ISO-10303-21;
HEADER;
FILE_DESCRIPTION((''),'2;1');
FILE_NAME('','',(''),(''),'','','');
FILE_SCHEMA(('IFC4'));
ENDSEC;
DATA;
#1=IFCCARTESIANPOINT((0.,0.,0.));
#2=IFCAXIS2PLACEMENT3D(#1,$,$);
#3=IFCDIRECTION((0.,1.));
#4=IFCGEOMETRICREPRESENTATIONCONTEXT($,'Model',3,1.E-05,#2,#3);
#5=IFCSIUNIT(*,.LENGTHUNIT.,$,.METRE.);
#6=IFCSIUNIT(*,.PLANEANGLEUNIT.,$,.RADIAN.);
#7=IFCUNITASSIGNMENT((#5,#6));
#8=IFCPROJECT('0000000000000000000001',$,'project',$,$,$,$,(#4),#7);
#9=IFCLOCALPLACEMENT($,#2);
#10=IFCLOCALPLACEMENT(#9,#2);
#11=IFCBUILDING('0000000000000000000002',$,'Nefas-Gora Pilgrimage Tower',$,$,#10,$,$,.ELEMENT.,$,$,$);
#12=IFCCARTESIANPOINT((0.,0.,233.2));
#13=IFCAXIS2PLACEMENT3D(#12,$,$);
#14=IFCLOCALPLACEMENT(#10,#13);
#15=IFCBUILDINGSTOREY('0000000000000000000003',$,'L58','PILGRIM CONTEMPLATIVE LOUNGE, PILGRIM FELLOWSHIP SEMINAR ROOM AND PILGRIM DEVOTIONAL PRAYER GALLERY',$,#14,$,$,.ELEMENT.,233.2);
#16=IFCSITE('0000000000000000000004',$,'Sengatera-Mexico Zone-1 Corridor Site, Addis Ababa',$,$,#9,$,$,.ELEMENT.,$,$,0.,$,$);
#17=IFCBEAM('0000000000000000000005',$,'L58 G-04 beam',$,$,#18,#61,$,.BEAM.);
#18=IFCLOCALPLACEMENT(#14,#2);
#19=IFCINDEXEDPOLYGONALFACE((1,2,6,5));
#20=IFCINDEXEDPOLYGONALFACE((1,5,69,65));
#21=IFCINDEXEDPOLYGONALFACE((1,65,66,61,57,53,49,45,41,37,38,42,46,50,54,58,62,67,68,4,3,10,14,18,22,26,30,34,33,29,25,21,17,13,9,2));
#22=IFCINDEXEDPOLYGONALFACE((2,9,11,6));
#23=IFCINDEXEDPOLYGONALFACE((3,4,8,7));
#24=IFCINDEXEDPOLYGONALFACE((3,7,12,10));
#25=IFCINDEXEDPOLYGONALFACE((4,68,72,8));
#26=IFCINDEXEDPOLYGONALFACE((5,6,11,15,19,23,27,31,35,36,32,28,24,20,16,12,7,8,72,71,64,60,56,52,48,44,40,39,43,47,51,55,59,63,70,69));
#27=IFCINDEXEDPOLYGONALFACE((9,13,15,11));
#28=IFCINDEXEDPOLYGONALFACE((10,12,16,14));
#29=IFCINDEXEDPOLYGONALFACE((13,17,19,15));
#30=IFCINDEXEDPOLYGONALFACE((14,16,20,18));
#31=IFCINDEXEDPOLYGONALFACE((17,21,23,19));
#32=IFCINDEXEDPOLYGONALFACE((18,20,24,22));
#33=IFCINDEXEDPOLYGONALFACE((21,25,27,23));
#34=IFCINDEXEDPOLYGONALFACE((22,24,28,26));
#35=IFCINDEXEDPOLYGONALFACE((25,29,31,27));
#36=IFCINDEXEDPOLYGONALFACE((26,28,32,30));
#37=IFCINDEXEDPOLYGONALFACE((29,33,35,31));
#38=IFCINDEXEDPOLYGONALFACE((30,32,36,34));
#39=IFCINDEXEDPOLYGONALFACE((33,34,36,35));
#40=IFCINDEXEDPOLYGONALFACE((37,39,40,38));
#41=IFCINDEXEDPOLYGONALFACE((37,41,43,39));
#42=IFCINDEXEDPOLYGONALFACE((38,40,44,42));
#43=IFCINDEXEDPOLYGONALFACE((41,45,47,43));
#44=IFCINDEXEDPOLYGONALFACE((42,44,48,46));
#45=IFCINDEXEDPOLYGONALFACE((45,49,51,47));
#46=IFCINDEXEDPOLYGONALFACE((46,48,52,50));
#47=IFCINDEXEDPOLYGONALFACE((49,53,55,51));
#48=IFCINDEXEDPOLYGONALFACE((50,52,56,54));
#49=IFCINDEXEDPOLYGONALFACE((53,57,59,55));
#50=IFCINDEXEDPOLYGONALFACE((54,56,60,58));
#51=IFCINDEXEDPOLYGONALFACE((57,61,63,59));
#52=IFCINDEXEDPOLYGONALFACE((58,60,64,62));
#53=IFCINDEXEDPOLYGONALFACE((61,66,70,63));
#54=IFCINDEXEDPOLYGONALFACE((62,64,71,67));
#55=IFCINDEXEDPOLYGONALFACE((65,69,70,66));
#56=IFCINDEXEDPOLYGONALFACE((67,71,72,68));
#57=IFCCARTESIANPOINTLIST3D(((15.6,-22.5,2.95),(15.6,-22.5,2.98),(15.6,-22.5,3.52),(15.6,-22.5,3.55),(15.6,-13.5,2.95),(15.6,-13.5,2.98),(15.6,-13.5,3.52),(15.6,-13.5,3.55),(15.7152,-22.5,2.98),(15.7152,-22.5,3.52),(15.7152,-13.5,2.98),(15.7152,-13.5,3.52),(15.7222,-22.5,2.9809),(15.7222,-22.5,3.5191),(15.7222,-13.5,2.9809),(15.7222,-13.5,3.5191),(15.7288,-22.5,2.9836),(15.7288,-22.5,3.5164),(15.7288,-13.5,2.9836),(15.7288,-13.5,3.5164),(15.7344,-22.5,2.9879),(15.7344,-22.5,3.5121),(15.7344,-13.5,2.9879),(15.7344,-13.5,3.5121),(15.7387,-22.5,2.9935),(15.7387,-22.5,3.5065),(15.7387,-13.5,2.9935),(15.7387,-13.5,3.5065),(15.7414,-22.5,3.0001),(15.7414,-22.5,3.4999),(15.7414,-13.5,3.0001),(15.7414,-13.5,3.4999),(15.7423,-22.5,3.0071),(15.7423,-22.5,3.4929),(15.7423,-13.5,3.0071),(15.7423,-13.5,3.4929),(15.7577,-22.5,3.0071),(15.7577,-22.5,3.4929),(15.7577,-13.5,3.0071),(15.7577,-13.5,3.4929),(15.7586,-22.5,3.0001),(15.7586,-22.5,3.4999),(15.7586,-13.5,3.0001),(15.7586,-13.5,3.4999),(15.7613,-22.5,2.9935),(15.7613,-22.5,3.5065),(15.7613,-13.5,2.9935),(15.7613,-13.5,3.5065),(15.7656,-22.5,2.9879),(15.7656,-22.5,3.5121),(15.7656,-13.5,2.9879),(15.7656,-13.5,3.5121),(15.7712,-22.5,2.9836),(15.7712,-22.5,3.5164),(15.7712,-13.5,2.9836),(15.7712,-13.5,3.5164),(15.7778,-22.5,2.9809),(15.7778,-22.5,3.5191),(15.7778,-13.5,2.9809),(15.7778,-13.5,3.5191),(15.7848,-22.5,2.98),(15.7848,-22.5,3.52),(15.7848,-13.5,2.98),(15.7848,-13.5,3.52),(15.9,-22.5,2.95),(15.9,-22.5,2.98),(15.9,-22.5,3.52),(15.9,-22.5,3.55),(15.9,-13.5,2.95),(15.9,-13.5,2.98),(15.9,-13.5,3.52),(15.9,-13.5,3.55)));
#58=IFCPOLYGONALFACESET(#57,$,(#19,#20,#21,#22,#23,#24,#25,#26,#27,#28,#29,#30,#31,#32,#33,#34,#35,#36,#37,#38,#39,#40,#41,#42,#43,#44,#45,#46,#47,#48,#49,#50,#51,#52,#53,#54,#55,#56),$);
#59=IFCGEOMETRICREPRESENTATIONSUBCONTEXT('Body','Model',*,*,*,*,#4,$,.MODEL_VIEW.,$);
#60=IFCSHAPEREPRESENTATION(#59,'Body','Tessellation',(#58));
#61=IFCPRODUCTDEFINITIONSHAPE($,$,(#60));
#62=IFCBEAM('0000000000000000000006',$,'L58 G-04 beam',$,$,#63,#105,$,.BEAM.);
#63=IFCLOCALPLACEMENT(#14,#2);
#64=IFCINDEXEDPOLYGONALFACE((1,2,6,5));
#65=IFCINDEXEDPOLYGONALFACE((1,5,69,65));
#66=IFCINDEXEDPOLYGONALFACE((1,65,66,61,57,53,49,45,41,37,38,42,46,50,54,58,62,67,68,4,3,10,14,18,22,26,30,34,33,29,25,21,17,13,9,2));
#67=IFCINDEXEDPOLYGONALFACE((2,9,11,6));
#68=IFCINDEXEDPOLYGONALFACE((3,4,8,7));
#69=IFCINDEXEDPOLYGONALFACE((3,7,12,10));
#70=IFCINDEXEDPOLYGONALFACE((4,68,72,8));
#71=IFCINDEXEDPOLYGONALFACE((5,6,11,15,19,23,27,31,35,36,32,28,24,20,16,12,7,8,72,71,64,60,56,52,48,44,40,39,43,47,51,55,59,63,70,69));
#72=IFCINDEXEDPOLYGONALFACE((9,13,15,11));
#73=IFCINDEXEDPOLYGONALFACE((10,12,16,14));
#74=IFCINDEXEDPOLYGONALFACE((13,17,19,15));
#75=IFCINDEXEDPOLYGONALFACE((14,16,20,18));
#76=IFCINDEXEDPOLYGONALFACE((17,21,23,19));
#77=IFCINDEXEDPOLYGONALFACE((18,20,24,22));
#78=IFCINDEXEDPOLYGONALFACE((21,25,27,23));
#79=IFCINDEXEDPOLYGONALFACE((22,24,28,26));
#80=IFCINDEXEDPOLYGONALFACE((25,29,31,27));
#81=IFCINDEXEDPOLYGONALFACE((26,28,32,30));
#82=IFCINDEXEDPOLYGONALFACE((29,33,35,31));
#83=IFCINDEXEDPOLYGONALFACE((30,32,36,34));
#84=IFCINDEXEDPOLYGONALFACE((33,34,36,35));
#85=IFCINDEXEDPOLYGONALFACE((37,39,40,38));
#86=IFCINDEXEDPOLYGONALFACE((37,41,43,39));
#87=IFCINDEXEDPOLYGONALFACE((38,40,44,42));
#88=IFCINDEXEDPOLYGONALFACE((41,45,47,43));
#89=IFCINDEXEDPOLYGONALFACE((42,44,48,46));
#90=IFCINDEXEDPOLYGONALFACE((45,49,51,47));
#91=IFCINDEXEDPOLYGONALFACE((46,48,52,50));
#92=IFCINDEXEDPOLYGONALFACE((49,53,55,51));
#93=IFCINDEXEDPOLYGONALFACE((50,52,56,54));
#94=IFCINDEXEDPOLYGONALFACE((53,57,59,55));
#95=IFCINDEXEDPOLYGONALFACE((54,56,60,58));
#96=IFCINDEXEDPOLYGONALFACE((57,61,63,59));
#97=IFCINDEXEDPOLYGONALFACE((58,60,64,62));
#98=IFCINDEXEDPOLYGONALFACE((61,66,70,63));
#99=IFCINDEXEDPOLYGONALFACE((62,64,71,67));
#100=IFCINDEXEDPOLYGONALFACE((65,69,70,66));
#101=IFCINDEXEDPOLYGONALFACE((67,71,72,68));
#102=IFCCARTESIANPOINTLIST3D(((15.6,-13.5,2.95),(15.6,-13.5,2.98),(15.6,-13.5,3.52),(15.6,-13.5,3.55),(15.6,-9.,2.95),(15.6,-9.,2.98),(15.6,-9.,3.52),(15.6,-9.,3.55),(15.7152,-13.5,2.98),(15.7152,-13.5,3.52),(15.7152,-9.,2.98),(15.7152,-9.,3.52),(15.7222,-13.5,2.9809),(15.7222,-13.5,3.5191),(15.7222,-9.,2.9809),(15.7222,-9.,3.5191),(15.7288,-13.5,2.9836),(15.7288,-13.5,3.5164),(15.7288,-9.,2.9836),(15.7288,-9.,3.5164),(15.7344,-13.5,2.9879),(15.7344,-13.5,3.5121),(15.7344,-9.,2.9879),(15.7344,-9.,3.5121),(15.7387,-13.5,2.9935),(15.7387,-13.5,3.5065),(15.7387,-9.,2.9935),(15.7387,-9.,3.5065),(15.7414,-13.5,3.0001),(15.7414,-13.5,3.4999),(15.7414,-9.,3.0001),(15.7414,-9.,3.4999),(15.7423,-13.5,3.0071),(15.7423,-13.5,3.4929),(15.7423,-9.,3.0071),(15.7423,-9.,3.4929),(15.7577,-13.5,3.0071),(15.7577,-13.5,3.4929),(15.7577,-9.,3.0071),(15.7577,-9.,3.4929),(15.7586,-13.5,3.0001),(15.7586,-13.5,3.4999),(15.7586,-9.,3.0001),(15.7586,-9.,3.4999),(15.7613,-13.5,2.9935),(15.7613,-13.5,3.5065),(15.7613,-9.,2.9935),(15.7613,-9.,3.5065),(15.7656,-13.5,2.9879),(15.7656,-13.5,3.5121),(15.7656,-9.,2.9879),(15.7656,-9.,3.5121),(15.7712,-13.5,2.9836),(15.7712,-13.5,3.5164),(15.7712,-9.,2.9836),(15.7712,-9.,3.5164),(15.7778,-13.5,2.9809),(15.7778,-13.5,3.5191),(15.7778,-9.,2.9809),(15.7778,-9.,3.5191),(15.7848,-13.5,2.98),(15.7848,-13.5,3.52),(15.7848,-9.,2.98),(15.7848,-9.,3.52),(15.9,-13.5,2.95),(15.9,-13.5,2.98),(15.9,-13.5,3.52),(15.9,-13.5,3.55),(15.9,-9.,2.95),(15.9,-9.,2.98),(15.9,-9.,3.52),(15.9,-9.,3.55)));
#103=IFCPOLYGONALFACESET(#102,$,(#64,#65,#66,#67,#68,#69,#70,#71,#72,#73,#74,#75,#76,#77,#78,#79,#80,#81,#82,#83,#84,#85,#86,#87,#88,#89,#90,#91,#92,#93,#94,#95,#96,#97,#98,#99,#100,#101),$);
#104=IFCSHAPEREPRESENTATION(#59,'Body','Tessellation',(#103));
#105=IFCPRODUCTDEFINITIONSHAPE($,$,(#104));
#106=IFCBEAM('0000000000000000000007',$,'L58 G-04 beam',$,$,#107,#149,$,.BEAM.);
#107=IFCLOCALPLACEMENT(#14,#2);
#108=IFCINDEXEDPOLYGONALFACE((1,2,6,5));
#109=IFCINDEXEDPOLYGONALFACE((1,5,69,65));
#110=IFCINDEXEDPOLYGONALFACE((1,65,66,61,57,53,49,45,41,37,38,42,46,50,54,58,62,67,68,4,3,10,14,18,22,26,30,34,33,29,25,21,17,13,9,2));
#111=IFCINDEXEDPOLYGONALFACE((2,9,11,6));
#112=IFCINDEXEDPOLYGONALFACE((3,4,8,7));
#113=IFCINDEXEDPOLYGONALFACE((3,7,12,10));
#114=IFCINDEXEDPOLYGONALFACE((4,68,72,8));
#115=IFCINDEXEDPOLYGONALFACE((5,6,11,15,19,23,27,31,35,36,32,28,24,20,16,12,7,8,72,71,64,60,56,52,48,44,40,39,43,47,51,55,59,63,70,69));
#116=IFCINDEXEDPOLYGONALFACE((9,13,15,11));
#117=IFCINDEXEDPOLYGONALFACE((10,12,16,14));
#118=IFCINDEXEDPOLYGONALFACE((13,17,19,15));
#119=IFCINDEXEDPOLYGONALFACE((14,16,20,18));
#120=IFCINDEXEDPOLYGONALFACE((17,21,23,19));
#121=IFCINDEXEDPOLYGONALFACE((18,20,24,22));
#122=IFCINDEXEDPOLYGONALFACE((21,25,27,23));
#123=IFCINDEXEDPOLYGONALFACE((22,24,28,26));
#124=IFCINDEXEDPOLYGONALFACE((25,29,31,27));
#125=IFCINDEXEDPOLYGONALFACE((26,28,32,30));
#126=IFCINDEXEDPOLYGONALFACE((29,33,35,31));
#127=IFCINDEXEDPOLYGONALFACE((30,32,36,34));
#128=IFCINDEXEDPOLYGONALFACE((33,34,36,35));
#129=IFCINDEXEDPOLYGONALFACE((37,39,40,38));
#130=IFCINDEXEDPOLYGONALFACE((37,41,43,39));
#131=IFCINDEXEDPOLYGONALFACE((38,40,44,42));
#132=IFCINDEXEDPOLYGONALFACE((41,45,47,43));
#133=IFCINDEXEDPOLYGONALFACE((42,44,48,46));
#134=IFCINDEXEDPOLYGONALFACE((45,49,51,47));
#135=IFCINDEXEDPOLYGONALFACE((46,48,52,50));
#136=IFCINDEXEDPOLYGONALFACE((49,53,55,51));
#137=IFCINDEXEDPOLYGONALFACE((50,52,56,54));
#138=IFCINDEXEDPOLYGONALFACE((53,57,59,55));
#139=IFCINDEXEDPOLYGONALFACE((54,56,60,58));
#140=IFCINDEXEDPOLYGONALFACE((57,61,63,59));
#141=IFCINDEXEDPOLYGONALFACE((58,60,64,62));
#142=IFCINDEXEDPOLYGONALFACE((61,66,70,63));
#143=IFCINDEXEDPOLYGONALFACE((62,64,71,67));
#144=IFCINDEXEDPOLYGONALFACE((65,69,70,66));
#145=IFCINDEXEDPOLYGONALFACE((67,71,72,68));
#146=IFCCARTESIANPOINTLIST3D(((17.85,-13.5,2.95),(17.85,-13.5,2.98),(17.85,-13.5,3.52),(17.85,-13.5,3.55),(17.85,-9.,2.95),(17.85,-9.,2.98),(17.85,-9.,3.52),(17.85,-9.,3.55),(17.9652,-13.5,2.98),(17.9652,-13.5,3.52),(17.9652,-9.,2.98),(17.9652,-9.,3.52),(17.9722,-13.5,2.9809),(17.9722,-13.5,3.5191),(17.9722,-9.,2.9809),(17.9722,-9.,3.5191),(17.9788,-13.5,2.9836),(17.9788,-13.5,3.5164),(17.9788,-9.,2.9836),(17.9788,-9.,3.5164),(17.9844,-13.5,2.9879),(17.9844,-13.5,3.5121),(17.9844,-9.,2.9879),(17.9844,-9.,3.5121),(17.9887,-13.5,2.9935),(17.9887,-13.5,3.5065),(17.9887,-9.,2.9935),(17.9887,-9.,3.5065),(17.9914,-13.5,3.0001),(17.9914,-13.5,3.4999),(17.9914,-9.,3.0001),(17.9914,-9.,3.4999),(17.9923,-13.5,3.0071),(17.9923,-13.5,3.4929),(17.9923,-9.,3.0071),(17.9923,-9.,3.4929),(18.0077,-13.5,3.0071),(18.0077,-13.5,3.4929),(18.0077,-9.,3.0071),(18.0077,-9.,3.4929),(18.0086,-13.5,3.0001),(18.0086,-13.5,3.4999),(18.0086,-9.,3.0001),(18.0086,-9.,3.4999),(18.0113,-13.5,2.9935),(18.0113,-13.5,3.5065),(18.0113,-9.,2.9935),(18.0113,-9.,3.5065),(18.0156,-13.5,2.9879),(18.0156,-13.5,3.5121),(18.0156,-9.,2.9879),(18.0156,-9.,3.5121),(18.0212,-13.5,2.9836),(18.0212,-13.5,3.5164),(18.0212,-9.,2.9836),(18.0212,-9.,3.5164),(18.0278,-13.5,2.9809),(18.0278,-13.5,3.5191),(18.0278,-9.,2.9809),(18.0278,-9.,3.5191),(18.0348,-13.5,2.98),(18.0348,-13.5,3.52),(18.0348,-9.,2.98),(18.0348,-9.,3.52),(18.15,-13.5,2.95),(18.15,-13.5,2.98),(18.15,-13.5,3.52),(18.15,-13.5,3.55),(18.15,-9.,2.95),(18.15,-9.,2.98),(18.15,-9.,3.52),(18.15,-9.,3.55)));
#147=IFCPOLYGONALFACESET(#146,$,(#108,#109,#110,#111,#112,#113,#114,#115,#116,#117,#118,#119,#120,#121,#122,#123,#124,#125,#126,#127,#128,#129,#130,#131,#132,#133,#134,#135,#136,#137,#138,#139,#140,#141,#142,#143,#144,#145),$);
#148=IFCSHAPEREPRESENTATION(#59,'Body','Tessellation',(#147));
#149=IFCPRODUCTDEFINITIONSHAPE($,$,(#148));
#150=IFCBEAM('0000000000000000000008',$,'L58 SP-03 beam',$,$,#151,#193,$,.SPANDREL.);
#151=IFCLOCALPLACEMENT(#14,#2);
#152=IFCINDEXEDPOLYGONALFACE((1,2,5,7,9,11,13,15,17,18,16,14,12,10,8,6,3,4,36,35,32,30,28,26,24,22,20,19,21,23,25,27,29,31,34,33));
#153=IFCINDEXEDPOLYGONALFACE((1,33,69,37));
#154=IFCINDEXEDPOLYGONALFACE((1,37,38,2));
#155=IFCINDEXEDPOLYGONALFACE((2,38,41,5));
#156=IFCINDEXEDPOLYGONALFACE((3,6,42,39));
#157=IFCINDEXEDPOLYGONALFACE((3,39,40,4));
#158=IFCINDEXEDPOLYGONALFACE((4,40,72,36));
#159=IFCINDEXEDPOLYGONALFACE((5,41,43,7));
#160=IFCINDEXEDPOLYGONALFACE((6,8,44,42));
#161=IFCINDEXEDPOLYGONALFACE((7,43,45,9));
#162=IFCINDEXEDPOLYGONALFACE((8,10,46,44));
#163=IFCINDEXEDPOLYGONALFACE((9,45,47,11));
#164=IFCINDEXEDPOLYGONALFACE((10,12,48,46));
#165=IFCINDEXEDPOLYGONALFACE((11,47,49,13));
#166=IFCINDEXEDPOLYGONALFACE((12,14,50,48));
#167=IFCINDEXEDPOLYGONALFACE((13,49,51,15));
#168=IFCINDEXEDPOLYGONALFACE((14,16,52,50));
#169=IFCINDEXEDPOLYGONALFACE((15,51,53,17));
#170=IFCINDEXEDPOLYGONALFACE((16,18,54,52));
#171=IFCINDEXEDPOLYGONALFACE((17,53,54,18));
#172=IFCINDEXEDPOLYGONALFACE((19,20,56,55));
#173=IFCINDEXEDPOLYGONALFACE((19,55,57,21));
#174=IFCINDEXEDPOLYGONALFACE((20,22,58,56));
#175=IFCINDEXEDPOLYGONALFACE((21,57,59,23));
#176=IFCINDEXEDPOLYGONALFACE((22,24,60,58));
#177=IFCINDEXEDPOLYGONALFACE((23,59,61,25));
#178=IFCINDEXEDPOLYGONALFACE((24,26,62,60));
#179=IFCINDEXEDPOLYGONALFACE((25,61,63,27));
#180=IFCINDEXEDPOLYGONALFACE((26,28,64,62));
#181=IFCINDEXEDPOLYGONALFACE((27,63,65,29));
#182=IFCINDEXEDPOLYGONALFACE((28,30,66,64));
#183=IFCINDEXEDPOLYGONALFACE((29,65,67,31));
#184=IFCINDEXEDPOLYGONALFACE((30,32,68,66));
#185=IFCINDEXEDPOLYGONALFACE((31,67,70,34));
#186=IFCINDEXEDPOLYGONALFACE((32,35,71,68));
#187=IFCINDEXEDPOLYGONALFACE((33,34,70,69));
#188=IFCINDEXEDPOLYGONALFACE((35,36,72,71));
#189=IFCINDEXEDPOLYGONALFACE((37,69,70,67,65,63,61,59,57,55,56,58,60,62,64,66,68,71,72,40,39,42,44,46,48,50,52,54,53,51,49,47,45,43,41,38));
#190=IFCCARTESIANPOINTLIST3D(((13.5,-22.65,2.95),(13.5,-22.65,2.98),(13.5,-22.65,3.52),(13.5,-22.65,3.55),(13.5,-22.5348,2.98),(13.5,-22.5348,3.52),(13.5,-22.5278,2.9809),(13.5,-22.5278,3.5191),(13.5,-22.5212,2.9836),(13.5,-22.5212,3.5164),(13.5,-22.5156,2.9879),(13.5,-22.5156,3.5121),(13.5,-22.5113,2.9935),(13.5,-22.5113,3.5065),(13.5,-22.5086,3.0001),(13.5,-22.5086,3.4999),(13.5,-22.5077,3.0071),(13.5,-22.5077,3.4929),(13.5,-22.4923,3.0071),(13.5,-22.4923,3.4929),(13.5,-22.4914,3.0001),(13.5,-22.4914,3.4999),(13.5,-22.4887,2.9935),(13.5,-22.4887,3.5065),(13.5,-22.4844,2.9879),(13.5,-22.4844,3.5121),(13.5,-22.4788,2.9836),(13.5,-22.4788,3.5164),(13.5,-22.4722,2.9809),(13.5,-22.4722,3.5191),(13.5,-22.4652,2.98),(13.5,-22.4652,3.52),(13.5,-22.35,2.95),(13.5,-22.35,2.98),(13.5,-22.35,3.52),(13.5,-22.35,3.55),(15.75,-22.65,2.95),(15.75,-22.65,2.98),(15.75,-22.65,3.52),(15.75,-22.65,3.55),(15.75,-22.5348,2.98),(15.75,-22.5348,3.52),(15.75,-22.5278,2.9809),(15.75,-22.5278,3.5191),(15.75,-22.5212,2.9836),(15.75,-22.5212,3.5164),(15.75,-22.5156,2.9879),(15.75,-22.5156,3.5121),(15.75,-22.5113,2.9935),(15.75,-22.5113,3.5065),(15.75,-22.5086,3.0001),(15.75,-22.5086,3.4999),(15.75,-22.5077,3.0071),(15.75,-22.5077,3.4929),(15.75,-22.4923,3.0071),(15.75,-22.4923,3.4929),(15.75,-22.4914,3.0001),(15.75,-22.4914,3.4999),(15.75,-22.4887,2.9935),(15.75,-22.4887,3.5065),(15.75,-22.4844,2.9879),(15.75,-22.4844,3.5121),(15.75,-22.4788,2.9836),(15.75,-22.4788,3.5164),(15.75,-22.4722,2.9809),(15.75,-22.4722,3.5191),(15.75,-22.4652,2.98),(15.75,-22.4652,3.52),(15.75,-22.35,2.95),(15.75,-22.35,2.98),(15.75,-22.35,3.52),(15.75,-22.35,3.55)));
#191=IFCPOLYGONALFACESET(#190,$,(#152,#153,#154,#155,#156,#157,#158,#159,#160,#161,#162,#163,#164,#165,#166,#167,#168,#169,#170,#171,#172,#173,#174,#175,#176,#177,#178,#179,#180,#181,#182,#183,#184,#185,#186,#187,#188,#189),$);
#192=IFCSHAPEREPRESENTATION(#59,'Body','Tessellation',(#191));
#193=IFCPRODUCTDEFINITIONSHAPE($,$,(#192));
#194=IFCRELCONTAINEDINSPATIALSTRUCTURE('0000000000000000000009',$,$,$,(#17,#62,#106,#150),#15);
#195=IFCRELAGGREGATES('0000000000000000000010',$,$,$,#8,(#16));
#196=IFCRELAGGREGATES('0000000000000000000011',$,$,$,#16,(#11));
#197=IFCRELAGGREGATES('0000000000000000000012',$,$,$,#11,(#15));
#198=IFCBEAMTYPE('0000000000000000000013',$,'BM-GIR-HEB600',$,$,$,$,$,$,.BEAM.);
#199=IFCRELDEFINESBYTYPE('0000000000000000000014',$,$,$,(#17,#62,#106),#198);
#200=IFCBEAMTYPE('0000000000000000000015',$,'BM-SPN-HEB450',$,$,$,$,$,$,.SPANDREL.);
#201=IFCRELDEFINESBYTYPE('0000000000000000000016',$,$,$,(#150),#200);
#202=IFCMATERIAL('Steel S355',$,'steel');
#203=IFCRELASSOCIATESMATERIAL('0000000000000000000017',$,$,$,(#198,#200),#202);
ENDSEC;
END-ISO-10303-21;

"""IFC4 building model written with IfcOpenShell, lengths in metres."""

from ifc_helpers import new_model, si_unit, direction, frame, origin, origin_2d, place, context, subcontext, project, spatial, i_section, extrude, source, transform, mapped, material, material_profile, profile_set, type_object, element, save


model = new_model("IFC4")

# Units and contexts
model_context = context("Model", 3, precision=1e-05, world=origin(), true_north=direction((0.0, 1.0)))
body_context = subcontext(model_context, "Body", "Model", "MODEL_VIEW")
ifc_project = project(units=[si_unit("LENGTHUNIT", "METRE"), si_unit("PLANEANGLEUNIT", "RADIAN")], contexts=[model_context])

# Site, building, storey
site_placement = place(None, origin())
site = spatial("IfcSite", under=ifc_project, at=site_placement, Name="Sengatera-Mexico Zone-1 Corridor Site, Addis Ababa", CompositionType="ELEMENT", RefElevation=0.0)
building_placement = place(site_placement, origin())
building = spatial("IfcBuilding", under=site, at=building_placement, Name="Nefas-Gora Pilgrimage Tower", CompositionType="ELEMENT")
storey_placement = place(building_placement, frame((0.0, 0.0, 233.2)))
storey = spatial("IfcBuildingStorey", under=building, at=storey_placement, Name="L58", Description="PILGRIM CONTEMPLATIVE LOUNGE, PILGRIM FELLOWSHIP SEMINAR ROOM AND PILGRIM DEVOTIONAL PRAYER GALLERY", CompositionType="ELEMENT", Elevation=233.2)

# Beams
ifc_material_1 = material(Name="Steel S355", Category="steel")
ifc_material_profile_1 = material_profile(ifc_material_1, i_section(OverallWidth=0.3, OverallDepth=0.6001, WebThickness=0.0154, FlangeThickness=0.03, FilletRadius=0.0271, at=origin_2d()), Name="HEB 600")
ifc_profile_set_1 = profile_set([ifc_material_profile_1], Name="Steel S355")
beam_type_1 = type_object("IfcBeamType", Name="BM-GIR-HEB600", PredefinedType="BEAM", material=ifc_profile_set_1)
shared_shape_1 = source(origin(), body_context, "Body", "SweptSolid", [
    extrude(i_section(OverallWidth=0.3, OverallDepth=0.6001, WebThickness=0.0154, FlangeThickness=0.03, FilletRadius=0.0271, at=origin_2d()), origin(), (0.0, 0.0, 1.0), 9.0),
])
for number, where, z_axis, x_axis, name in (
    (1, (15.75, -22.5, 3.25), (0.0, 1.0, 0.0), (-1.0, 0.0, 0.0), "L58 G-04 beam"),
):
    element("IfcBeam", number, at=place(storey_placement, frame(where, z_axis=z_axis, x_axis=x_axis)), inside=storey, type_object=beam_type_1, Name=name, PredefinedType="BEAM", context=body_context, shape_type="MappedRepresentation", body=[
        mapped(shared_shape_1, transform((0.0, 0.0, 0.0), x_axis=(1.0, 0.0, 0.0), y_axis=(0.0, 1.0, 0.0), z_axis=(0.0, 0.0, 1.0), scale=1.0)),
    ])
shared_shape_2 = source(origin(), body_context, "Body", "SweptSolid", [
    extrude(i_section(OverallWidth=0.3, OverallDepth=0.6001, WebThickness=0.0154, FlangeThickness=0.03, FilletRadius=0.0271, at=origin_2d()), origin(), (0.0, 0.0, 1.0), 4.5),
])
for number, where, z_axis, x_axis, name in (
    (2, (15.75, -13.5, 3.25), (0.0, 1.0, 0.0), (-1.0, 0.0, 0.0), "L58 G-04 beam"),
    (3, (18.0, -13.5, 3.25), (0.0, 1.0, 0.0), (-1.0, 0.0, 0.0), "L58 G-04 beam"),
):
    element("IfcBeam", number, at=place(storey_placement, frame(where, z_axis=z_axis, x_axis=x_axis)), inside=storey, type_object=beam_type_1, Name=name, PredefinedType="BEAM", context=body_context, shape_type="MappedRepresentation", body=[
        mapped(shared_shape_2, transform((0.0, 0.0, 0.0), x_axis=(1.0, 0.0, 0.0), y_axis=(0.0, 1.0, 0.0), z_axis=(0.0, 0.0, 1.0), scale=1.0)),
    ])
ifc_material_profile_2 = material_profile(ifc_material_1, i_section(OverallWidth=0.3, OverallDepth=0.6001, WebThickness=0.0154, FlangeThickness=0.03, FilletRadius=0.0271, at=origin_2d()), Name="HEB 600")
ifc_profile_set_2 = profile_set([ifc_material_profile_2], Name="Steel S355")
beam_type_2 = type_object("IfcBeamType", Name="BM-SPN-HEB450", PredefinedType="SPANDREL", material=ifc_profile_set_2)
shared_shape_3 = source(origin(), body_context, "Body", "SweptSolid", [
    extrude(i_section(OverallWidth=0.3, OverallDepth=0.6001, WebThickness=0.0154, FlangeThickness=0.03, FilletRadius=0.0271, at=origin_2d()), origin(), (0.0, 0.0, 1.0), 2.25),
])
beam_1_placement = place(storey_placement, frame((13.5, -22.5, 3.25), z_axis=(1.0, 0.0, 0.0), x_axis=(0.0, 1.0, 0.0)))
element("IfcBeam", 4, at=beam_1_placement, inside=storey, type_object=beam_type_2, Name="L58 SP-03 beam", PredefinedType="SPANDREL", context=body_context, shape_type="MappedRepresentation", body=[
    mapped(shared_shape_3, transform((0.0, 0.0, 0.0), x_axis=(1.0, 0.0, 0.0), y_axis=(0.0, 1.0, 0.0), z_axis=(0.0, 0.0, 1.0), scale=1.0)),
])

save(model, "model.ifc")
